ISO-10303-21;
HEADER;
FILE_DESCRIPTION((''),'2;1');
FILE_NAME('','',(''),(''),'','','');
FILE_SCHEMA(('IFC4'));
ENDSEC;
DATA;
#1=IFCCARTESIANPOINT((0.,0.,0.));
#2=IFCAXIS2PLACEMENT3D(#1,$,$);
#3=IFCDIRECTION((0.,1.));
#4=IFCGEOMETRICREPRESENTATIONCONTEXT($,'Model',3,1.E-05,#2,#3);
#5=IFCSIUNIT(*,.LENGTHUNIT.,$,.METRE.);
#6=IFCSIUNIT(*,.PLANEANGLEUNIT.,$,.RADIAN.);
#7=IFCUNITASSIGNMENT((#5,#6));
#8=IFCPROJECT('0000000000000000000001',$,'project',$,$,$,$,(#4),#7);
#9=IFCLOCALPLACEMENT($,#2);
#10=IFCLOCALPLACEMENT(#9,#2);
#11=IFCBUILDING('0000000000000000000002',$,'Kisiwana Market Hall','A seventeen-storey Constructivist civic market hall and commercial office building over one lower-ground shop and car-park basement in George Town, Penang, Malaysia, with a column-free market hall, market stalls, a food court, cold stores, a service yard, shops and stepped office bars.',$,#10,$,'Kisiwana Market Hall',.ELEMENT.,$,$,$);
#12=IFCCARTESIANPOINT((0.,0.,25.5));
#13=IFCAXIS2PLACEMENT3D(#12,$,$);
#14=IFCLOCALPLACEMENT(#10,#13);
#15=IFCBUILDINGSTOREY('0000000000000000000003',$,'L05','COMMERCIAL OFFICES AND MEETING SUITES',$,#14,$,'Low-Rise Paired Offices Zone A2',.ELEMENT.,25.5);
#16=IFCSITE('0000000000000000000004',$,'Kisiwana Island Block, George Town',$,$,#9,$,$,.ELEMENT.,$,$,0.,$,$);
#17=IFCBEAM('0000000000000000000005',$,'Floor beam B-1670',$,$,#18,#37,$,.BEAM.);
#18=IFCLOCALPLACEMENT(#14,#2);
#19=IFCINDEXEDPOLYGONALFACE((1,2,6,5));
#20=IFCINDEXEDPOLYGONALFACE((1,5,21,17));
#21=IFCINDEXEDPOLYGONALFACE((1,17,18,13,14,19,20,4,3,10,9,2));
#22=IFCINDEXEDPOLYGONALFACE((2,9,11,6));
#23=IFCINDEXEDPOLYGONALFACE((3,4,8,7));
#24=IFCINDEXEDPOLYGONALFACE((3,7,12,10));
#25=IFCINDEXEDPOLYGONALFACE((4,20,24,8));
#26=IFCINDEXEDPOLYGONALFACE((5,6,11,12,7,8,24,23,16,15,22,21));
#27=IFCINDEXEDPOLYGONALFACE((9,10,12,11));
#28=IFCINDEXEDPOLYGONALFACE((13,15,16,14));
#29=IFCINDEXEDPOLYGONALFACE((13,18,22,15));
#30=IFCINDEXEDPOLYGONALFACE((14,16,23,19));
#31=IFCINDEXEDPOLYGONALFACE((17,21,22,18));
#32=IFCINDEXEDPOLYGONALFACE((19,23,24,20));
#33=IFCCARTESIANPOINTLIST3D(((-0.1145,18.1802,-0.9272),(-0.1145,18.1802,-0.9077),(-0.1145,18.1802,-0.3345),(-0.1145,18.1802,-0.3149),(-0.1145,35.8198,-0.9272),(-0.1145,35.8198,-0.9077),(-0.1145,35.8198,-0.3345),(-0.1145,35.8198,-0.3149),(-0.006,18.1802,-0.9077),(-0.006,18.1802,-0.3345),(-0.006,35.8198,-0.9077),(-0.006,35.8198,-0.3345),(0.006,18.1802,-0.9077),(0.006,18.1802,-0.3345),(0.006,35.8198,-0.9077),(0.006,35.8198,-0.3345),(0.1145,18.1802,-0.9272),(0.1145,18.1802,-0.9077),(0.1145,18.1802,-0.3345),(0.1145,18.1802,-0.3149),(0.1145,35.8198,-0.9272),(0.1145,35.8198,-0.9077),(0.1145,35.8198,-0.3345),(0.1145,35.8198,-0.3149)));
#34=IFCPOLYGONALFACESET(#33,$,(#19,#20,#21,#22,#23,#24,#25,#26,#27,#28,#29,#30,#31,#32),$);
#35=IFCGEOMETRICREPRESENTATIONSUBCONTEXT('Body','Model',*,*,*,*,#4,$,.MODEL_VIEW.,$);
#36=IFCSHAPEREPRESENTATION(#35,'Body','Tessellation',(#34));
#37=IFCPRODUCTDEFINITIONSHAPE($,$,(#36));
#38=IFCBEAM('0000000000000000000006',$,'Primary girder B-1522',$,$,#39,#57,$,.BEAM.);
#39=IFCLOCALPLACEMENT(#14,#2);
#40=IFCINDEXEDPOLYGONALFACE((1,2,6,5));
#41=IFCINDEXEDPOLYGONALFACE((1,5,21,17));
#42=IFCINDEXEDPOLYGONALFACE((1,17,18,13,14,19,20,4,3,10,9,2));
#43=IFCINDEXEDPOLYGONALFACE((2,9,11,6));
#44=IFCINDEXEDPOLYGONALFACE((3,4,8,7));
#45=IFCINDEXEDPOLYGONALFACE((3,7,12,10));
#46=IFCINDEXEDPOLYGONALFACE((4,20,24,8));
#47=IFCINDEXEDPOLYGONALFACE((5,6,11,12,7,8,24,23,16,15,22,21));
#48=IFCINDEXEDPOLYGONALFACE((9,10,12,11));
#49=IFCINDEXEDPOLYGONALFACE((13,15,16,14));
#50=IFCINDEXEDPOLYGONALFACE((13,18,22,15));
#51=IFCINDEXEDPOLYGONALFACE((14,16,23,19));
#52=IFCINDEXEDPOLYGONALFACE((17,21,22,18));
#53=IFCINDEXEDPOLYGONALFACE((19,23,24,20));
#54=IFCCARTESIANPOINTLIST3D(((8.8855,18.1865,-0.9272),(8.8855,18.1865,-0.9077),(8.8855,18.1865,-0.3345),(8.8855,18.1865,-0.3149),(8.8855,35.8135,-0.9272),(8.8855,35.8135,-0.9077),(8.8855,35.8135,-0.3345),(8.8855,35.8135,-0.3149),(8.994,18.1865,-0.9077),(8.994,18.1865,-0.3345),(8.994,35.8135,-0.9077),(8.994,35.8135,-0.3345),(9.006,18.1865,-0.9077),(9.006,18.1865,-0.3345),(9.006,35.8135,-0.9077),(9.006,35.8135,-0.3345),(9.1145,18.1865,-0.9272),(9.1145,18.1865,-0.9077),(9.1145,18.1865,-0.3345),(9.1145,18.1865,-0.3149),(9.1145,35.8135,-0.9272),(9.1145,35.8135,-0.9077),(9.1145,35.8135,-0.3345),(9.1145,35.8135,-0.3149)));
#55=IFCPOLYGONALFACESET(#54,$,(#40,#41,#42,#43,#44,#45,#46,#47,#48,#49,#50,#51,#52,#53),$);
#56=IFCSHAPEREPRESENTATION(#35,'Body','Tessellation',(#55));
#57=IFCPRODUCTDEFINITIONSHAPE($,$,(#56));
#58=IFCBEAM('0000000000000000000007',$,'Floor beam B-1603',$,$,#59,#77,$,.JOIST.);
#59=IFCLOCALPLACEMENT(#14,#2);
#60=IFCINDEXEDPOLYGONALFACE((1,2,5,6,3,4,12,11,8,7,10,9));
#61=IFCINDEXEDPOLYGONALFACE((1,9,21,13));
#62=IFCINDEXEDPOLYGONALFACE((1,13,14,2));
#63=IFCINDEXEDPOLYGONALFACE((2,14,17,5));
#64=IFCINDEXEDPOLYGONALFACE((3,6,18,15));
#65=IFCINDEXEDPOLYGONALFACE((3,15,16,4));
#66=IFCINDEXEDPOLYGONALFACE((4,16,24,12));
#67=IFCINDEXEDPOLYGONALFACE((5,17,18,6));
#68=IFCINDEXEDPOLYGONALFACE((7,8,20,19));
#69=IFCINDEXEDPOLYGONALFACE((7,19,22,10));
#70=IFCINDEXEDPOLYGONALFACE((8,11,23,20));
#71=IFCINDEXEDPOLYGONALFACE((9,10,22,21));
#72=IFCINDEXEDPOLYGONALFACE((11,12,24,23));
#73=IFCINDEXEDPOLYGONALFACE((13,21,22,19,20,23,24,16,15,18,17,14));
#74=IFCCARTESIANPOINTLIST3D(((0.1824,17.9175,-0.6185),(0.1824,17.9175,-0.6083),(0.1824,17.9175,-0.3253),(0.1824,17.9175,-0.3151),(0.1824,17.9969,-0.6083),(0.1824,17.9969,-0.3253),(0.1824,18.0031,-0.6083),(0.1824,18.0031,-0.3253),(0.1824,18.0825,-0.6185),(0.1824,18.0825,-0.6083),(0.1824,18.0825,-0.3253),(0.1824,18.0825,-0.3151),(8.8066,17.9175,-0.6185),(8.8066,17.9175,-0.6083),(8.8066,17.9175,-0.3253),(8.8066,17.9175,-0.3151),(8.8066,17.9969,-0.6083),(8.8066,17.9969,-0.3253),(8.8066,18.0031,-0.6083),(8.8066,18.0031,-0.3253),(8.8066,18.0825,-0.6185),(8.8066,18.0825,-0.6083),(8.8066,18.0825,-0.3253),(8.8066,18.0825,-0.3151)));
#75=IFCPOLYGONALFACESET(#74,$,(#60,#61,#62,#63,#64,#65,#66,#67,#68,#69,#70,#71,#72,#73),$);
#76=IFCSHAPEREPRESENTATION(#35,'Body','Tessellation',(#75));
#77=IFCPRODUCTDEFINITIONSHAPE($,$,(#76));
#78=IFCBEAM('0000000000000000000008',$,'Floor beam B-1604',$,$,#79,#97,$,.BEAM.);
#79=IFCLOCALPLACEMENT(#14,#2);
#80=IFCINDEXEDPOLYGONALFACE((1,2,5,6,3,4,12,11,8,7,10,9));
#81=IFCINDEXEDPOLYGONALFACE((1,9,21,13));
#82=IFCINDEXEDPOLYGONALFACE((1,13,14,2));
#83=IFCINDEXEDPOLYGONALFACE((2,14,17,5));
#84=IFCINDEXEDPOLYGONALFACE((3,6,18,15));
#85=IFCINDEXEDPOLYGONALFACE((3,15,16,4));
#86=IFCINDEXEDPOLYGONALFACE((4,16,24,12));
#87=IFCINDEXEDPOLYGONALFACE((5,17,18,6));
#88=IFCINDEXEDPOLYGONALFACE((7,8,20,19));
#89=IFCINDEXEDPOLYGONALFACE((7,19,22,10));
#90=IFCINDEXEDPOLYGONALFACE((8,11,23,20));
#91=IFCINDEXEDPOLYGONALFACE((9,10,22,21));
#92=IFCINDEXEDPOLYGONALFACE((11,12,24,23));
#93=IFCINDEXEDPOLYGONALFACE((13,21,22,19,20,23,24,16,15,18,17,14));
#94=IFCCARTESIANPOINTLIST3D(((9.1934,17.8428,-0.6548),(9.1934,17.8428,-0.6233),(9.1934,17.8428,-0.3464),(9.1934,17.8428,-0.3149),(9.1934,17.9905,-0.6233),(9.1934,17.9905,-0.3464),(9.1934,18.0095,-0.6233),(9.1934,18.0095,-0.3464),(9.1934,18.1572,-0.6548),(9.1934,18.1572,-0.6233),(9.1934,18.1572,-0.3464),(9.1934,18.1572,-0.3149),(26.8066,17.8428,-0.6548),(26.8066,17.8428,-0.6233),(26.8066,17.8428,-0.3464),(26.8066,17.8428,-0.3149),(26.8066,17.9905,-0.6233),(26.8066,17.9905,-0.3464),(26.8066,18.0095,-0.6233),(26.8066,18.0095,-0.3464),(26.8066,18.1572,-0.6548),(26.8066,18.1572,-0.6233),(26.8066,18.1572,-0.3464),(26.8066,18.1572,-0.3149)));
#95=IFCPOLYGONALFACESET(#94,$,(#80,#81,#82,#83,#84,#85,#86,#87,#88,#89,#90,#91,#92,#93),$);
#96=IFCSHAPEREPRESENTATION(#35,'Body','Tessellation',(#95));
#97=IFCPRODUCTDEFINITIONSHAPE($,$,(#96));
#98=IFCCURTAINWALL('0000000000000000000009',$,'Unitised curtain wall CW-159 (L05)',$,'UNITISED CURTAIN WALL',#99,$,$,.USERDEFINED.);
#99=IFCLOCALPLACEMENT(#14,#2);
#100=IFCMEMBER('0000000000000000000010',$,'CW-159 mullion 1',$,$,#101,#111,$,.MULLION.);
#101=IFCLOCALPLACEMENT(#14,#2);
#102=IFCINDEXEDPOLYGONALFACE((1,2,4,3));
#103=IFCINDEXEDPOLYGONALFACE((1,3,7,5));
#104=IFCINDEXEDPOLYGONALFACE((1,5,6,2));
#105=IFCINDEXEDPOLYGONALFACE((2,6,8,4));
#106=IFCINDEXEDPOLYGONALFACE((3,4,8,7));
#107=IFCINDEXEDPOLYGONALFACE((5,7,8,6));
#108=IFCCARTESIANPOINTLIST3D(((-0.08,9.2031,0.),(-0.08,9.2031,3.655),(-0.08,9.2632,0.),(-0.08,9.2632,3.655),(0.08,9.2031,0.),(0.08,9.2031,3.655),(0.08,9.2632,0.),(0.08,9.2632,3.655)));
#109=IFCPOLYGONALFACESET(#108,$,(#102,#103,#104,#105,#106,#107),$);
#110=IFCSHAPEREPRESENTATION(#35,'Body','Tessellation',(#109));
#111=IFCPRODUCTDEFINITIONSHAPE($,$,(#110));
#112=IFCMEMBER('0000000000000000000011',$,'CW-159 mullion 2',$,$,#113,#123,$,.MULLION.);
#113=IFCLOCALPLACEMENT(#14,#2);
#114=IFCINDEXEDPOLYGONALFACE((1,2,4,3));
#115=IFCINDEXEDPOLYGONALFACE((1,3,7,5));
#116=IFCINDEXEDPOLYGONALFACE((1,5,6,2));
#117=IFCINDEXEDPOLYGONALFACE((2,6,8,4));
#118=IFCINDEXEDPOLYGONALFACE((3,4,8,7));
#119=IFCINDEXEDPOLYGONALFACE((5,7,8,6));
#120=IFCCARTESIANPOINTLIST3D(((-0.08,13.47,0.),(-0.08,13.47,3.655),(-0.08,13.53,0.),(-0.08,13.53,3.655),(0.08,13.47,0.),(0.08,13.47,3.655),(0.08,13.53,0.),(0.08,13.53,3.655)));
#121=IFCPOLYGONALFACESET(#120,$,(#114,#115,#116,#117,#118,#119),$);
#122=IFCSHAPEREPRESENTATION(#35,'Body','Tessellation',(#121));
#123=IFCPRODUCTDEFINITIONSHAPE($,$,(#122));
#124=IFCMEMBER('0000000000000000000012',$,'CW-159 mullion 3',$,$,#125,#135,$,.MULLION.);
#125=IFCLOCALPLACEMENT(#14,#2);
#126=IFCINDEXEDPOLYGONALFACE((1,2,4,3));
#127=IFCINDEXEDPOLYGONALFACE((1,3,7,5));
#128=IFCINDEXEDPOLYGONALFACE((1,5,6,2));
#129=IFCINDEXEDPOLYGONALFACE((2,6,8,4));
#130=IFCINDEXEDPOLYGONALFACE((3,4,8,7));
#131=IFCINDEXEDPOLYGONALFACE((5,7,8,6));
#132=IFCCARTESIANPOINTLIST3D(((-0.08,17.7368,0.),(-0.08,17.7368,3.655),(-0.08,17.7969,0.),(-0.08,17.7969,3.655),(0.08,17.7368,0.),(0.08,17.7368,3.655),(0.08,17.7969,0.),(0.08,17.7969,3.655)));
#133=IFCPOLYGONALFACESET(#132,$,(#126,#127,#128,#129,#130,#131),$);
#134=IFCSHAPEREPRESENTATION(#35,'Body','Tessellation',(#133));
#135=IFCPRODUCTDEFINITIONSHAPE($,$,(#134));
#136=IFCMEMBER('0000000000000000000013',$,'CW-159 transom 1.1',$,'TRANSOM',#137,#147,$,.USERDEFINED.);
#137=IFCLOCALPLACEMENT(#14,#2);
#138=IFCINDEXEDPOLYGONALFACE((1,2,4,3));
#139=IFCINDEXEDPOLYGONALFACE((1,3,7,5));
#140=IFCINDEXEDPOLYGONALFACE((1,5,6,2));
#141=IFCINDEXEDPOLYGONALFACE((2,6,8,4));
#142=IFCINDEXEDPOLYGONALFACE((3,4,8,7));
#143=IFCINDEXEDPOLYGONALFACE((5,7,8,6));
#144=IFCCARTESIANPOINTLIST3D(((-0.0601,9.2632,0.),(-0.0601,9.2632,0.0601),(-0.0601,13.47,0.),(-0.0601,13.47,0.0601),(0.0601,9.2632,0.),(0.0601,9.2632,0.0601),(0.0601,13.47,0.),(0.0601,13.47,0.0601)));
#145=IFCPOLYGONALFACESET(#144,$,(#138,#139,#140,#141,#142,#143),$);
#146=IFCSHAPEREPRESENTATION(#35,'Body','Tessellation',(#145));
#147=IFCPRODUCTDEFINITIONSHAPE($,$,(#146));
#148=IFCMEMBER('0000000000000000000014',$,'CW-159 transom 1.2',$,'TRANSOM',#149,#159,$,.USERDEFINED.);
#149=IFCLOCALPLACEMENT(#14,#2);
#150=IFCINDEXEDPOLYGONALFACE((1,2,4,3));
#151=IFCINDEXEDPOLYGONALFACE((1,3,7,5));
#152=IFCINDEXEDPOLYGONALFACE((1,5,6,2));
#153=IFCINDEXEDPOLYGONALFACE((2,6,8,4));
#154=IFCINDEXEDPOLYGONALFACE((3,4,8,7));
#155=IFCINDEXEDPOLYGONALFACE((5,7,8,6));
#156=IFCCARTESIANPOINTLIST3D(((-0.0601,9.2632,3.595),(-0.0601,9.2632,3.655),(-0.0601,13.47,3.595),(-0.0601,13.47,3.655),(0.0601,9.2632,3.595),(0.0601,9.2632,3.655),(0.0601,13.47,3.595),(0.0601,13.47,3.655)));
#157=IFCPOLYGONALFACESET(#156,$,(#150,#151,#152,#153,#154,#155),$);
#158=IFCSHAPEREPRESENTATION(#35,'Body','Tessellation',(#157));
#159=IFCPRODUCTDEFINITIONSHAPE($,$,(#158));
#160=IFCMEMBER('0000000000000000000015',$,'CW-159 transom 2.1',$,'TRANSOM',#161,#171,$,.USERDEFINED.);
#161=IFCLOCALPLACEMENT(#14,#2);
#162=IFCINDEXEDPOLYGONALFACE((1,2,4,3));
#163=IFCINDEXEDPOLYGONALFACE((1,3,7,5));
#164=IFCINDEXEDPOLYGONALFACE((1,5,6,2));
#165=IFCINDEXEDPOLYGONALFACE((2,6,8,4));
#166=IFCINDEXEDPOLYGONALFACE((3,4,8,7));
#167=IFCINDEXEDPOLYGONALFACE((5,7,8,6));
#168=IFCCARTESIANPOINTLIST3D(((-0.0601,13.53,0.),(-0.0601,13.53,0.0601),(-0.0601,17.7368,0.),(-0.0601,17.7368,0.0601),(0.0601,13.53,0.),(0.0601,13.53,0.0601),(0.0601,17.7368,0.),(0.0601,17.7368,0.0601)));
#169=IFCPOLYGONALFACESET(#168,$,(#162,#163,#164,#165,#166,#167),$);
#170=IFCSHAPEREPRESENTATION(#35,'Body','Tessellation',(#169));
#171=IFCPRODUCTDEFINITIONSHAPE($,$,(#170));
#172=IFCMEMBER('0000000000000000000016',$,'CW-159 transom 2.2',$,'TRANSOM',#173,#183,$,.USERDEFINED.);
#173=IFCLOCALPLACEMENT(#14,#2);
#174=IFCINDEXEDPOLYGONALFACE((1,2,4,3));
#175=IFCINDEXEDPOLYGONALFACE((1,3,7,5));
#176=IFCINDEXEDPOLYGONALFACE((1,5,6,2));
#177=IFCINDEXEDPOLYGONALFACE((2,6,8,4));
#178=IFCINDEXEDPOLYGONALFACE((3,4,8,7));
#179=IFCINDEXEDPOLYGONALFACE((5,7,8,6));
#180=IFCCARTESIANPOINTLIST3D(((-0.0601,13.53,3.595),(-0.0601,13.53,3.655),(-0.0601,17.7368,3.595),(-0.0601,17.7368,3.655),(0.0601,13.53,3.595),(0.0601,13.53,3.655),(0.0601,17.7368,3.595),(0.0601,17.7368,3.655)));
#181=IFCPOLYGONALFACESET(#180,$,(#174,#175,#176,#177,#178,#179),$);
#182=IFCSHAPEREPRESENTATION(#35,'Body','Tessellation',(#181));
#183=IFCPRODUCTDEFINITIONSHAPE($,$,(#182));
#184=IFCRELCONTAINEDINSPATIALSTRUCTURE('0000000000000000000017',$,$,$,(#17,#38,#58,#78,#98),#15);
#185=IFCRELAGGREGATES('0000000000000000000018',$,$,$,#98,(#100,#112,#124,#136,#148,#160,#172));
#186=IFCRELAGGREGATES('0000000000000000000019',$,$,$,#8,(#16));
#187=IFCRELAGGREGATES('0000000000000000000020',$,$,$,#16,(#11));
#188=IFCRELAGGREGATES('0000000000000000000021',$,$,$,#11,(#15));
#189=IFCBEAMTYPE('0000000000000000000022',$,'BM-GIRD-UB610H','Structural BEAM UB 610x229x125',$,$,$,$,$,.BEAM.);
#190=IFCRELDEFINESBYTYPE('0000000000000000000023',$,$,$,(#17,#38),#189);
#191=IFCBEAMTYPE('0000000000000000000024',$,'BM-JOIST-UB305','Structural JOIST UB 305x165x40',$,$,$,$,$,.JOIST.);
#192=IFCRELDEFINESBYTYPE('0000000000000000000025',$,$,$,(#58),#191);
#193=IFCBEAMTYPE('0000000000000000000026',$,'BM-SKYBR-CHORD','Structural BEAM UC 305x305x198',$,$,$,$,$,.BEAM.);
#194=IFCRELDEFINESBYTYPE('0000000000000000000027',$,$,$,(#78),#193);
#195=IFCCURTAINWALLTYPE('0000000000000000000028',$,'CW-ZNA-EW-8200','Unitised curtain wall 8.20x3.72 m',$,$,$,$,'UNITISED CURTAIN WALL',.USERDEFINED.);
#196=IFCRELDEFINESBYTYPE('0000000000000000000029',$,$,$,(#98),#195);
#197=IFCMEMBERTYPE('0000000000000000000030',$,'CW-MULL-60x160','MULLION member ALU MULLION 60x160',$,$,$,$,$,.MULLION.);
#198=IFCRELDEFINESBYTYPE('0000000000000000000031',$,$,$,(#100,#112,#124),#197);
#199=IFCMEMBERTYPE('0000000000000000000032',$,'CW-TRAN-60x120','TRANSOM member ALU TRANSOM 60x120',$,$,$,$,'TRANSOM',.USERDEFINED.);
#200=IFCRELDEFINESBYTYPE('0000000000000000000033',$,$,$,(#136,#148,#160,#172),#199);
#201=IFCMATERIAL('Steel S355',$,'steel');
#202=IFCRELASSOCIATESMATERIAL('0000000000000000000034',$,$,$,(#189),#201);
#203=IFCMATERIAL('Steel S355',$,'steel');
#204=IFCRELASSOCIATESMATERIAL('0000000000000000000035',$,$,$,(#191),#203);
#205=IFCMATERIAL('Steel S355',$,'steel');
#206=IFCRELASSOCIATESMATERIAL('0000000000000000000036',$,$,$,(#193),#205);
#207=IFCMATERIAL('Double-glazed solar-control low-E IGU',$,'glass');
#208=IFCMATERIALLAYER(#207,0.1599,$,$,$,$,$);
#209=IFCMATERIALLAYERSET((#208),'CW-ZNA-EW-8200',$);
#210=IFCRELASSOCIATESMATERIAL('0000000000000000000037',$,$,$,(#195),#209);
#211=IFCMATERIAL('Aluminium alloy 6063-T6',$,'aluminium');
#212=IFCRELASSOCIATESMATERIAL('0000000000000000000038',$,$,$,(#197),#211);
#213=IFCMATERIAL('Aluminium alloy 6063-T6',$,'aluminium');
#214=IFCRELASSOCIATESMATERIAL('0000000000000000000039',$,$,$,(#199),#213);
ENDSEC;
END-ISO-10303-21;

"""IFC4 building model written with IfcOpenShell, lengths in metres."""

from ifc_helpers import new_model, si_unit, direction, frame, origin, origin_2d, place, context, subcontext, project, spatial, rectangle, i_section, extrude, material, layer, layer_set, material_profile, profile_set, type_object, element, aggregate, save


model = new_model("IFC4")

# Units and contexts
model_context = context("Model", 3, precision=1e-05, world=origin(), true_north=direction((0.0, 1.0)))
body_context = subcontext(model_context, "Body", "Model", "MODEL_VIEW")
ifc_project = project(units=[si_unit("LENGTHUNIT", "METRE"), si_unit("PLANEANGLEUNIT", "RADIAN")], contexts=[model_context])

# Site, building, storey
site_placement = place(None, origin())
site = spatial("IfcSite", under=ifc_project, at=site_placement, Name="Kisiwana Island Block, George Town", CompositionType="ELEMENT", RefElevation=0.0)
building_placement = place(site_placement, origin())
building = spatial("IfcBuilding", under=site, at=building_placement, Name="Kisiwana Market Hall", Description="A seventeen-storey Constructivist civic market hall and commercial office building over one lower-ground shop and car-park basement in George Town, Penang, Malaysia, with a column-free market hall, market stalls, a food court, cold stores, a service yard, shops and stepped office bars.", LongName="Kisiwana Market Hall", CompositionType="ELEMENT")
storey_placement = place(building_placement, frame((0.0, 0.0, 25.5)))
storey = spatial("IfcBuildingStorey", under=building, at=storey_placement, Name="L05", Description="COMMERCIAL OFFICES AND MEETING SUITES", LongName="Low-Rise Paired Offices Zone A2", CompositionType="ELEMENT", Elevation=25.5)

# Beams
ifc_material_1 = material(Name="Steel S355", Category="steel")
ifc_material_profile_1 = material_profile(ifc_material_1, i_section(OverallWidth=0.229, OverallDepth=0.6123, WebThickness=0.012, FlangeThickness=0.0195, at=origin_2d()), Name="UB 610x229x125")
ifc_profile_set_1 = profile_set([ifc_material_profile_1], Name="Steel S355")
beam_type_1 = type_object("IfcBeamType", Name="BM-GIRD-UB610H", Description="Structural BEAM UB 610x229x125", PredefinedType="BEAM", material=ifc_profile_set_1)
beam_1_placement = place(storey_placement, frame((0.0, 18.1802, -0.6211), z_axis=(0.0, 1.0, 0.0), x_axis=(-1.0, 0.0, 0.0)))
element("IfcBeam", 1, at=beam_1_placement, inside=storey, type_object=beam_type_1, Name="Floor beam B-1670", PredefinedType="BEAM", context=body_context, shape_type="SweptSolid", body=[
    extrude(i_section(OverallWidth=0.229, OverallDepth=0.6123, WebThickness=0.012, FlangeThickness=0.0195, at=origin_2d()), origin(), (0.0, 0.0, 1.0), 17.6396),
])
beam_2_placement = place(storey_placement, frame((9.0, 18.1865, -0.6211), z_axis=(0.0, 1.0, 0.0), x_axis=(-1.0, 0.0, 0.0)))
element("IfcBeam", 2, at=beam_2_placement, inside=storey, type_object=beam_type_1, Name="Primary girder B-1522", PredefinedType="BEAM", context=body_context, shape_type="SweptSolid", body=[
    extrude(i_section(OverallWidth=0.229, OverallDepth=0.6123, WebThickness=0.012, FlangeThickness=0.0195, at=origin_2d()), origin(), (0.0, 0.0, 1.0), 17.627),
])
ifc_material_2 = material(Name="Steel S355", Category="steel")
ifc_material_profile_2 = material_profile(ifc_material_2, i_section(OverallWidth=0.165, OverallDepth=0.3035, WebThickness=0.0061, FlangeThickness=0.0103, at=origin_2d()), Name="UB 305x165x40")
ifc_profile_set_2 = profile_set([ifc_material_profile_2], Name="Steel S355")
beam_type_2 = type_object("IfcBeamType", Name="BM-JOIST-UB305", Description="Structural JOIST UB 305x165x40", PredefinedType="JOIST", material=ifc_profile_set_2)
beam_3_placement = place(storey_placement, frame((0.1824, 18.0, -0.4668), z_axis=(1.0, 0.0, 0.0), x_axis=(0.0, 1.0, 0.0)))
element("IfcBeam", 3, at=beam_3_placement, inside=storey, type_object=beam_type_2, Name="Floor beam B-1603", PredefinedType="JOIST", context=body_context, shape_type="SweptSolid", body=[
    extrude(i_section(OverallWidth=0.165, OverallDepth=0.3035, WebThickness=0.0061, FlangeThickness=0.0103, at=origin_2d()), origin(), (0.0, 0.0, 1.0), 8.6243),
])
ifc_material_3 = material(Name="Steel S355", Category="steel")
ifc_material_profile_3 = material_profile(ifc_material_3, i_section(OverallWidth=0.3145, OverallDepth=0.3398, WebThickness=0.019, FlangeThickness=0.0315, at=origin_2d()), Name="UC 305x305x198")
ifc_profile_set_3 = profile_set([ifc_material_profile_3], Name="Steel S355")
beam_type_3 = type_object("IfcBeamType", Name="BM-SKYBR-CHORD", Description="Structural BEAM UC 305x305x198", PredefinedType="BEAM", material=ifc_profile_set_3)
beam_4_placement = place(storey_placement, frame((9.1934, 18.0, -0.4849), z_axis=(1.0, 0.0, 0.0), x_axis=(0.0, 1.0, 0.0)))
element("IfcBeam", 4, at=beam_4_placement, inside=storey, type_object=beam_type_3, Name="Floor beam B-1604", PredefinedType="BEAM", context=body_context, shape_type="SweptSolid", body=[
    extrude(i_section(OverallWidth=0.3145, OverallDepth=0.3398, WebThickness=0.019, FlangeThickness=0.0315, at=origin_2d()), origin(), (0.0, 0.0, 1.0), 17.6133),
])

# Curtain wall, members
ifc_material_4 = material(Name="Double-glazed solar-control low-E IGU", Category="glass")
ifc_layer_1 = layer(ifc_material_4, 0.1599)
ifc_layer_set_1 = layer_set([ifc_layer_1], Name="CW-ZNA-EW-8200")
curtain_wall_type = type_object("IfcCurtainWallType", Name="CW-ZNA-EW-8200", Description="Unitised curtain wall 8.20x3.72 m", ElementType="UNITISED CURTAIN WALL", PredefinedType="USERDEFINED", material=ifc_layer_set_1)
curtain_wall_placement = place(storey_placement, origin())
curtain_wall = element("IfcCurtainWall", 5, at=curtain_wall_placement, inside=storey, type_object=curtain_wall_type, Name="Unitised curtain wall CW-159 (L05)", ObjectType="UNITISED CURTAIN WALL", PredefinedType="USERDEFINED")
ifc_material_5 = material(Name="Aluminium alloy 6063-T6", Category="aluminium")
ifc_material_profile_4 = material_profile(ifc_material_5, rectangle(XDim=0.0601, YDim=0.1599, at=origin_2d()), Name="ALU MULLION 60x160")
ifc_profile_set_4 = profile_set([ifc_material_profile_4], Name="Aluminium alloy 6063-T6")
member_type_1 = type_object("IfcMemberType", Name="CW-MULL-60x160", Description="MULLION member ALU MULLION 60x160", PredefinedType="MULLION", material=ifc_profile_set_4)
member_1_placement = place(storey_placement, frame((0.0, 9.2332, 0.0), z_axis=(0.0, 0.0, 1.0), x_axis=(0.0, 1.0, 0.0)))
member_1 = element("IfcMember", 6, at=member_1_placement, type_object=member_type_1, Name="CW-159 mullion 1", PredefinedType="MULLION", context=body_context, shape_type="SweptSolid", body=[
    extrude(rectangle(XDim=0.0601, YDim=0.1599, at=origin_2d()), origin(), (0.0, 0.0, 1.0), 3.655),
])
member_2_placement = place(storey_placement, frame((0.0, 13.5, 0.0), z_axis=(0.0, 0.0, 1.0), x_axis=(0.0, 1.0, 0.0)))
member_2 = element("IfcMember", 7, at=member_2_placement, type_object=member_type_1, Name="CW-159 mullion 2", PredefinedType="MULLION", context=body_context, shape_type="SweptSolid", body=[
    extrude(rectangle(XDim=0.0601, YDim=0.1599, at=origin_2d()), origin(), (0.0, 0.0, 1.0), 3.655),
])
member_3_placement = place(storey_placement, frame((0.0, 17.7668, 0.0), z_axis=(0.0, 0.0, 1.0), x_axis=(0.0, 1.0, 0.0)))
member_3 = element("IfcMember", 8, at=member_3_placement, type_object=member_type_1, Name="CW-159 mullion 3", PredefinedType="MULLION", context=body_context, shape_type="SweptSolid", body=[
    extrude(rectangle(XDim=0.0601, YDim=0.1599, at=origin_2d()), origin(), (0.0, 0.0, 1.0), 3.655),
])
ifc_material_6 = material(Name="Aluminium alloy 6063-T6", Category="aluminium")
ifc_material_profile_5 = material_profile(ifc_material_6, rectangle(XDim=0.1201, YDim=0.0601, at=origin_2d()), Name="ALU TRANSOM 60x120")
ifc_profile_set_5 = profile_set([ifc_material_profile_5], Name="Aluminium alloy 6063-T6")
member_type_2 = type_object("IfcMemberType", Name="CW-TRAN-60x120", Description="TRANSOM member ALU TRANSOM 60x120", ElementType="TRANSOM", PredefinedType="USERDEFINED", material=ifc_profile_set_5)
member_4_placement = place(storey_placement, frame((0.0, 9.2632, 0.03), z_axis=(0.0, 1.0, 0.0), x_axis=(-1.0, 0.0, 0.0)))
member_4 = element("IfcMember", 9, at=member_4_placement, type_object=member_type_2, Name="CW-159 transom 1.1", ObjectType="TRANSOM", PredefinedType="USERDEFINED", context=body_context, shape_type="SweptSolid", body=[
    extrude(rectangle(XDim=0.1201, YDim=0.0601, at=origin_2d()), origin(), (0.0, 0.0, 1.0), 4.2068),
])
member_5_placement = place(storey_placement, frame((0.0, 9.2632, 3.625), z_axis=(0.0, 1.0, 0.0), x_axis=(-1.0, 0.0, 0.0)))
member_5 = element("IfcMember", 10, at=member_5_placement, type_object=member_type_2, Name="CW-159 transom 1.2", ObjectType="TRANSOM", PredefinedType="USERDEFINED", context=body_context, shape_type="SweptSolid", body=[
    extrude(rectangle(XDim=0.1201, YDim=0.0601, at=origin_2d()), origin(), (0.0, 0.0, 1.0), 4.2068),
])
member_6_placement = place(storey_placement, frame((0.0, 13.53, 0.03), z_axis=(0.0, 1.0, 0.0), x_axis=(-1.0, 0.0, 0.0)))
member_6 = element("IfcMember", 11, at=member_6_placement, type_object=member_type_2, Name="CW-159 transom 2.1", ObjectType="TRANSOM", PredefinedType="USERDEFINED", context=body_context, shape_type="SweptSolid", body=[
    extrude(rectangle(XDim=0.1201, YDim=0.0601, at=origin_2d()), origin(), (0.0, 0.0, 1.0), 4.2068),
])
member_7_placement = place(storey_placement, frame((0.0, 13.53, 3.625), z_axis=(0.0, 1.0, 0.0), x_axis=(-1.0, 0.0, 0.0)))
member_7 = element("IfcMember", 12, at=member_7_placement, type_object=member_type_2, Name="CW-159 transom 2.2", ObjectType="TRANSOM", PredefinedType="USERDEFINED", context=body_context, shape_type="SweptSolid", body=[
    extrude(rectangle(XDim=0.1201, YDim=0.0601, at=origin_2d()), origin(), (0.0, 0.0, 1.0), 4.2068),
])
aggregate(curtain_wall, [member_1, member_2, member_3, member_4, member_5, member_6, member_7])

save(model, "model.ifc")
